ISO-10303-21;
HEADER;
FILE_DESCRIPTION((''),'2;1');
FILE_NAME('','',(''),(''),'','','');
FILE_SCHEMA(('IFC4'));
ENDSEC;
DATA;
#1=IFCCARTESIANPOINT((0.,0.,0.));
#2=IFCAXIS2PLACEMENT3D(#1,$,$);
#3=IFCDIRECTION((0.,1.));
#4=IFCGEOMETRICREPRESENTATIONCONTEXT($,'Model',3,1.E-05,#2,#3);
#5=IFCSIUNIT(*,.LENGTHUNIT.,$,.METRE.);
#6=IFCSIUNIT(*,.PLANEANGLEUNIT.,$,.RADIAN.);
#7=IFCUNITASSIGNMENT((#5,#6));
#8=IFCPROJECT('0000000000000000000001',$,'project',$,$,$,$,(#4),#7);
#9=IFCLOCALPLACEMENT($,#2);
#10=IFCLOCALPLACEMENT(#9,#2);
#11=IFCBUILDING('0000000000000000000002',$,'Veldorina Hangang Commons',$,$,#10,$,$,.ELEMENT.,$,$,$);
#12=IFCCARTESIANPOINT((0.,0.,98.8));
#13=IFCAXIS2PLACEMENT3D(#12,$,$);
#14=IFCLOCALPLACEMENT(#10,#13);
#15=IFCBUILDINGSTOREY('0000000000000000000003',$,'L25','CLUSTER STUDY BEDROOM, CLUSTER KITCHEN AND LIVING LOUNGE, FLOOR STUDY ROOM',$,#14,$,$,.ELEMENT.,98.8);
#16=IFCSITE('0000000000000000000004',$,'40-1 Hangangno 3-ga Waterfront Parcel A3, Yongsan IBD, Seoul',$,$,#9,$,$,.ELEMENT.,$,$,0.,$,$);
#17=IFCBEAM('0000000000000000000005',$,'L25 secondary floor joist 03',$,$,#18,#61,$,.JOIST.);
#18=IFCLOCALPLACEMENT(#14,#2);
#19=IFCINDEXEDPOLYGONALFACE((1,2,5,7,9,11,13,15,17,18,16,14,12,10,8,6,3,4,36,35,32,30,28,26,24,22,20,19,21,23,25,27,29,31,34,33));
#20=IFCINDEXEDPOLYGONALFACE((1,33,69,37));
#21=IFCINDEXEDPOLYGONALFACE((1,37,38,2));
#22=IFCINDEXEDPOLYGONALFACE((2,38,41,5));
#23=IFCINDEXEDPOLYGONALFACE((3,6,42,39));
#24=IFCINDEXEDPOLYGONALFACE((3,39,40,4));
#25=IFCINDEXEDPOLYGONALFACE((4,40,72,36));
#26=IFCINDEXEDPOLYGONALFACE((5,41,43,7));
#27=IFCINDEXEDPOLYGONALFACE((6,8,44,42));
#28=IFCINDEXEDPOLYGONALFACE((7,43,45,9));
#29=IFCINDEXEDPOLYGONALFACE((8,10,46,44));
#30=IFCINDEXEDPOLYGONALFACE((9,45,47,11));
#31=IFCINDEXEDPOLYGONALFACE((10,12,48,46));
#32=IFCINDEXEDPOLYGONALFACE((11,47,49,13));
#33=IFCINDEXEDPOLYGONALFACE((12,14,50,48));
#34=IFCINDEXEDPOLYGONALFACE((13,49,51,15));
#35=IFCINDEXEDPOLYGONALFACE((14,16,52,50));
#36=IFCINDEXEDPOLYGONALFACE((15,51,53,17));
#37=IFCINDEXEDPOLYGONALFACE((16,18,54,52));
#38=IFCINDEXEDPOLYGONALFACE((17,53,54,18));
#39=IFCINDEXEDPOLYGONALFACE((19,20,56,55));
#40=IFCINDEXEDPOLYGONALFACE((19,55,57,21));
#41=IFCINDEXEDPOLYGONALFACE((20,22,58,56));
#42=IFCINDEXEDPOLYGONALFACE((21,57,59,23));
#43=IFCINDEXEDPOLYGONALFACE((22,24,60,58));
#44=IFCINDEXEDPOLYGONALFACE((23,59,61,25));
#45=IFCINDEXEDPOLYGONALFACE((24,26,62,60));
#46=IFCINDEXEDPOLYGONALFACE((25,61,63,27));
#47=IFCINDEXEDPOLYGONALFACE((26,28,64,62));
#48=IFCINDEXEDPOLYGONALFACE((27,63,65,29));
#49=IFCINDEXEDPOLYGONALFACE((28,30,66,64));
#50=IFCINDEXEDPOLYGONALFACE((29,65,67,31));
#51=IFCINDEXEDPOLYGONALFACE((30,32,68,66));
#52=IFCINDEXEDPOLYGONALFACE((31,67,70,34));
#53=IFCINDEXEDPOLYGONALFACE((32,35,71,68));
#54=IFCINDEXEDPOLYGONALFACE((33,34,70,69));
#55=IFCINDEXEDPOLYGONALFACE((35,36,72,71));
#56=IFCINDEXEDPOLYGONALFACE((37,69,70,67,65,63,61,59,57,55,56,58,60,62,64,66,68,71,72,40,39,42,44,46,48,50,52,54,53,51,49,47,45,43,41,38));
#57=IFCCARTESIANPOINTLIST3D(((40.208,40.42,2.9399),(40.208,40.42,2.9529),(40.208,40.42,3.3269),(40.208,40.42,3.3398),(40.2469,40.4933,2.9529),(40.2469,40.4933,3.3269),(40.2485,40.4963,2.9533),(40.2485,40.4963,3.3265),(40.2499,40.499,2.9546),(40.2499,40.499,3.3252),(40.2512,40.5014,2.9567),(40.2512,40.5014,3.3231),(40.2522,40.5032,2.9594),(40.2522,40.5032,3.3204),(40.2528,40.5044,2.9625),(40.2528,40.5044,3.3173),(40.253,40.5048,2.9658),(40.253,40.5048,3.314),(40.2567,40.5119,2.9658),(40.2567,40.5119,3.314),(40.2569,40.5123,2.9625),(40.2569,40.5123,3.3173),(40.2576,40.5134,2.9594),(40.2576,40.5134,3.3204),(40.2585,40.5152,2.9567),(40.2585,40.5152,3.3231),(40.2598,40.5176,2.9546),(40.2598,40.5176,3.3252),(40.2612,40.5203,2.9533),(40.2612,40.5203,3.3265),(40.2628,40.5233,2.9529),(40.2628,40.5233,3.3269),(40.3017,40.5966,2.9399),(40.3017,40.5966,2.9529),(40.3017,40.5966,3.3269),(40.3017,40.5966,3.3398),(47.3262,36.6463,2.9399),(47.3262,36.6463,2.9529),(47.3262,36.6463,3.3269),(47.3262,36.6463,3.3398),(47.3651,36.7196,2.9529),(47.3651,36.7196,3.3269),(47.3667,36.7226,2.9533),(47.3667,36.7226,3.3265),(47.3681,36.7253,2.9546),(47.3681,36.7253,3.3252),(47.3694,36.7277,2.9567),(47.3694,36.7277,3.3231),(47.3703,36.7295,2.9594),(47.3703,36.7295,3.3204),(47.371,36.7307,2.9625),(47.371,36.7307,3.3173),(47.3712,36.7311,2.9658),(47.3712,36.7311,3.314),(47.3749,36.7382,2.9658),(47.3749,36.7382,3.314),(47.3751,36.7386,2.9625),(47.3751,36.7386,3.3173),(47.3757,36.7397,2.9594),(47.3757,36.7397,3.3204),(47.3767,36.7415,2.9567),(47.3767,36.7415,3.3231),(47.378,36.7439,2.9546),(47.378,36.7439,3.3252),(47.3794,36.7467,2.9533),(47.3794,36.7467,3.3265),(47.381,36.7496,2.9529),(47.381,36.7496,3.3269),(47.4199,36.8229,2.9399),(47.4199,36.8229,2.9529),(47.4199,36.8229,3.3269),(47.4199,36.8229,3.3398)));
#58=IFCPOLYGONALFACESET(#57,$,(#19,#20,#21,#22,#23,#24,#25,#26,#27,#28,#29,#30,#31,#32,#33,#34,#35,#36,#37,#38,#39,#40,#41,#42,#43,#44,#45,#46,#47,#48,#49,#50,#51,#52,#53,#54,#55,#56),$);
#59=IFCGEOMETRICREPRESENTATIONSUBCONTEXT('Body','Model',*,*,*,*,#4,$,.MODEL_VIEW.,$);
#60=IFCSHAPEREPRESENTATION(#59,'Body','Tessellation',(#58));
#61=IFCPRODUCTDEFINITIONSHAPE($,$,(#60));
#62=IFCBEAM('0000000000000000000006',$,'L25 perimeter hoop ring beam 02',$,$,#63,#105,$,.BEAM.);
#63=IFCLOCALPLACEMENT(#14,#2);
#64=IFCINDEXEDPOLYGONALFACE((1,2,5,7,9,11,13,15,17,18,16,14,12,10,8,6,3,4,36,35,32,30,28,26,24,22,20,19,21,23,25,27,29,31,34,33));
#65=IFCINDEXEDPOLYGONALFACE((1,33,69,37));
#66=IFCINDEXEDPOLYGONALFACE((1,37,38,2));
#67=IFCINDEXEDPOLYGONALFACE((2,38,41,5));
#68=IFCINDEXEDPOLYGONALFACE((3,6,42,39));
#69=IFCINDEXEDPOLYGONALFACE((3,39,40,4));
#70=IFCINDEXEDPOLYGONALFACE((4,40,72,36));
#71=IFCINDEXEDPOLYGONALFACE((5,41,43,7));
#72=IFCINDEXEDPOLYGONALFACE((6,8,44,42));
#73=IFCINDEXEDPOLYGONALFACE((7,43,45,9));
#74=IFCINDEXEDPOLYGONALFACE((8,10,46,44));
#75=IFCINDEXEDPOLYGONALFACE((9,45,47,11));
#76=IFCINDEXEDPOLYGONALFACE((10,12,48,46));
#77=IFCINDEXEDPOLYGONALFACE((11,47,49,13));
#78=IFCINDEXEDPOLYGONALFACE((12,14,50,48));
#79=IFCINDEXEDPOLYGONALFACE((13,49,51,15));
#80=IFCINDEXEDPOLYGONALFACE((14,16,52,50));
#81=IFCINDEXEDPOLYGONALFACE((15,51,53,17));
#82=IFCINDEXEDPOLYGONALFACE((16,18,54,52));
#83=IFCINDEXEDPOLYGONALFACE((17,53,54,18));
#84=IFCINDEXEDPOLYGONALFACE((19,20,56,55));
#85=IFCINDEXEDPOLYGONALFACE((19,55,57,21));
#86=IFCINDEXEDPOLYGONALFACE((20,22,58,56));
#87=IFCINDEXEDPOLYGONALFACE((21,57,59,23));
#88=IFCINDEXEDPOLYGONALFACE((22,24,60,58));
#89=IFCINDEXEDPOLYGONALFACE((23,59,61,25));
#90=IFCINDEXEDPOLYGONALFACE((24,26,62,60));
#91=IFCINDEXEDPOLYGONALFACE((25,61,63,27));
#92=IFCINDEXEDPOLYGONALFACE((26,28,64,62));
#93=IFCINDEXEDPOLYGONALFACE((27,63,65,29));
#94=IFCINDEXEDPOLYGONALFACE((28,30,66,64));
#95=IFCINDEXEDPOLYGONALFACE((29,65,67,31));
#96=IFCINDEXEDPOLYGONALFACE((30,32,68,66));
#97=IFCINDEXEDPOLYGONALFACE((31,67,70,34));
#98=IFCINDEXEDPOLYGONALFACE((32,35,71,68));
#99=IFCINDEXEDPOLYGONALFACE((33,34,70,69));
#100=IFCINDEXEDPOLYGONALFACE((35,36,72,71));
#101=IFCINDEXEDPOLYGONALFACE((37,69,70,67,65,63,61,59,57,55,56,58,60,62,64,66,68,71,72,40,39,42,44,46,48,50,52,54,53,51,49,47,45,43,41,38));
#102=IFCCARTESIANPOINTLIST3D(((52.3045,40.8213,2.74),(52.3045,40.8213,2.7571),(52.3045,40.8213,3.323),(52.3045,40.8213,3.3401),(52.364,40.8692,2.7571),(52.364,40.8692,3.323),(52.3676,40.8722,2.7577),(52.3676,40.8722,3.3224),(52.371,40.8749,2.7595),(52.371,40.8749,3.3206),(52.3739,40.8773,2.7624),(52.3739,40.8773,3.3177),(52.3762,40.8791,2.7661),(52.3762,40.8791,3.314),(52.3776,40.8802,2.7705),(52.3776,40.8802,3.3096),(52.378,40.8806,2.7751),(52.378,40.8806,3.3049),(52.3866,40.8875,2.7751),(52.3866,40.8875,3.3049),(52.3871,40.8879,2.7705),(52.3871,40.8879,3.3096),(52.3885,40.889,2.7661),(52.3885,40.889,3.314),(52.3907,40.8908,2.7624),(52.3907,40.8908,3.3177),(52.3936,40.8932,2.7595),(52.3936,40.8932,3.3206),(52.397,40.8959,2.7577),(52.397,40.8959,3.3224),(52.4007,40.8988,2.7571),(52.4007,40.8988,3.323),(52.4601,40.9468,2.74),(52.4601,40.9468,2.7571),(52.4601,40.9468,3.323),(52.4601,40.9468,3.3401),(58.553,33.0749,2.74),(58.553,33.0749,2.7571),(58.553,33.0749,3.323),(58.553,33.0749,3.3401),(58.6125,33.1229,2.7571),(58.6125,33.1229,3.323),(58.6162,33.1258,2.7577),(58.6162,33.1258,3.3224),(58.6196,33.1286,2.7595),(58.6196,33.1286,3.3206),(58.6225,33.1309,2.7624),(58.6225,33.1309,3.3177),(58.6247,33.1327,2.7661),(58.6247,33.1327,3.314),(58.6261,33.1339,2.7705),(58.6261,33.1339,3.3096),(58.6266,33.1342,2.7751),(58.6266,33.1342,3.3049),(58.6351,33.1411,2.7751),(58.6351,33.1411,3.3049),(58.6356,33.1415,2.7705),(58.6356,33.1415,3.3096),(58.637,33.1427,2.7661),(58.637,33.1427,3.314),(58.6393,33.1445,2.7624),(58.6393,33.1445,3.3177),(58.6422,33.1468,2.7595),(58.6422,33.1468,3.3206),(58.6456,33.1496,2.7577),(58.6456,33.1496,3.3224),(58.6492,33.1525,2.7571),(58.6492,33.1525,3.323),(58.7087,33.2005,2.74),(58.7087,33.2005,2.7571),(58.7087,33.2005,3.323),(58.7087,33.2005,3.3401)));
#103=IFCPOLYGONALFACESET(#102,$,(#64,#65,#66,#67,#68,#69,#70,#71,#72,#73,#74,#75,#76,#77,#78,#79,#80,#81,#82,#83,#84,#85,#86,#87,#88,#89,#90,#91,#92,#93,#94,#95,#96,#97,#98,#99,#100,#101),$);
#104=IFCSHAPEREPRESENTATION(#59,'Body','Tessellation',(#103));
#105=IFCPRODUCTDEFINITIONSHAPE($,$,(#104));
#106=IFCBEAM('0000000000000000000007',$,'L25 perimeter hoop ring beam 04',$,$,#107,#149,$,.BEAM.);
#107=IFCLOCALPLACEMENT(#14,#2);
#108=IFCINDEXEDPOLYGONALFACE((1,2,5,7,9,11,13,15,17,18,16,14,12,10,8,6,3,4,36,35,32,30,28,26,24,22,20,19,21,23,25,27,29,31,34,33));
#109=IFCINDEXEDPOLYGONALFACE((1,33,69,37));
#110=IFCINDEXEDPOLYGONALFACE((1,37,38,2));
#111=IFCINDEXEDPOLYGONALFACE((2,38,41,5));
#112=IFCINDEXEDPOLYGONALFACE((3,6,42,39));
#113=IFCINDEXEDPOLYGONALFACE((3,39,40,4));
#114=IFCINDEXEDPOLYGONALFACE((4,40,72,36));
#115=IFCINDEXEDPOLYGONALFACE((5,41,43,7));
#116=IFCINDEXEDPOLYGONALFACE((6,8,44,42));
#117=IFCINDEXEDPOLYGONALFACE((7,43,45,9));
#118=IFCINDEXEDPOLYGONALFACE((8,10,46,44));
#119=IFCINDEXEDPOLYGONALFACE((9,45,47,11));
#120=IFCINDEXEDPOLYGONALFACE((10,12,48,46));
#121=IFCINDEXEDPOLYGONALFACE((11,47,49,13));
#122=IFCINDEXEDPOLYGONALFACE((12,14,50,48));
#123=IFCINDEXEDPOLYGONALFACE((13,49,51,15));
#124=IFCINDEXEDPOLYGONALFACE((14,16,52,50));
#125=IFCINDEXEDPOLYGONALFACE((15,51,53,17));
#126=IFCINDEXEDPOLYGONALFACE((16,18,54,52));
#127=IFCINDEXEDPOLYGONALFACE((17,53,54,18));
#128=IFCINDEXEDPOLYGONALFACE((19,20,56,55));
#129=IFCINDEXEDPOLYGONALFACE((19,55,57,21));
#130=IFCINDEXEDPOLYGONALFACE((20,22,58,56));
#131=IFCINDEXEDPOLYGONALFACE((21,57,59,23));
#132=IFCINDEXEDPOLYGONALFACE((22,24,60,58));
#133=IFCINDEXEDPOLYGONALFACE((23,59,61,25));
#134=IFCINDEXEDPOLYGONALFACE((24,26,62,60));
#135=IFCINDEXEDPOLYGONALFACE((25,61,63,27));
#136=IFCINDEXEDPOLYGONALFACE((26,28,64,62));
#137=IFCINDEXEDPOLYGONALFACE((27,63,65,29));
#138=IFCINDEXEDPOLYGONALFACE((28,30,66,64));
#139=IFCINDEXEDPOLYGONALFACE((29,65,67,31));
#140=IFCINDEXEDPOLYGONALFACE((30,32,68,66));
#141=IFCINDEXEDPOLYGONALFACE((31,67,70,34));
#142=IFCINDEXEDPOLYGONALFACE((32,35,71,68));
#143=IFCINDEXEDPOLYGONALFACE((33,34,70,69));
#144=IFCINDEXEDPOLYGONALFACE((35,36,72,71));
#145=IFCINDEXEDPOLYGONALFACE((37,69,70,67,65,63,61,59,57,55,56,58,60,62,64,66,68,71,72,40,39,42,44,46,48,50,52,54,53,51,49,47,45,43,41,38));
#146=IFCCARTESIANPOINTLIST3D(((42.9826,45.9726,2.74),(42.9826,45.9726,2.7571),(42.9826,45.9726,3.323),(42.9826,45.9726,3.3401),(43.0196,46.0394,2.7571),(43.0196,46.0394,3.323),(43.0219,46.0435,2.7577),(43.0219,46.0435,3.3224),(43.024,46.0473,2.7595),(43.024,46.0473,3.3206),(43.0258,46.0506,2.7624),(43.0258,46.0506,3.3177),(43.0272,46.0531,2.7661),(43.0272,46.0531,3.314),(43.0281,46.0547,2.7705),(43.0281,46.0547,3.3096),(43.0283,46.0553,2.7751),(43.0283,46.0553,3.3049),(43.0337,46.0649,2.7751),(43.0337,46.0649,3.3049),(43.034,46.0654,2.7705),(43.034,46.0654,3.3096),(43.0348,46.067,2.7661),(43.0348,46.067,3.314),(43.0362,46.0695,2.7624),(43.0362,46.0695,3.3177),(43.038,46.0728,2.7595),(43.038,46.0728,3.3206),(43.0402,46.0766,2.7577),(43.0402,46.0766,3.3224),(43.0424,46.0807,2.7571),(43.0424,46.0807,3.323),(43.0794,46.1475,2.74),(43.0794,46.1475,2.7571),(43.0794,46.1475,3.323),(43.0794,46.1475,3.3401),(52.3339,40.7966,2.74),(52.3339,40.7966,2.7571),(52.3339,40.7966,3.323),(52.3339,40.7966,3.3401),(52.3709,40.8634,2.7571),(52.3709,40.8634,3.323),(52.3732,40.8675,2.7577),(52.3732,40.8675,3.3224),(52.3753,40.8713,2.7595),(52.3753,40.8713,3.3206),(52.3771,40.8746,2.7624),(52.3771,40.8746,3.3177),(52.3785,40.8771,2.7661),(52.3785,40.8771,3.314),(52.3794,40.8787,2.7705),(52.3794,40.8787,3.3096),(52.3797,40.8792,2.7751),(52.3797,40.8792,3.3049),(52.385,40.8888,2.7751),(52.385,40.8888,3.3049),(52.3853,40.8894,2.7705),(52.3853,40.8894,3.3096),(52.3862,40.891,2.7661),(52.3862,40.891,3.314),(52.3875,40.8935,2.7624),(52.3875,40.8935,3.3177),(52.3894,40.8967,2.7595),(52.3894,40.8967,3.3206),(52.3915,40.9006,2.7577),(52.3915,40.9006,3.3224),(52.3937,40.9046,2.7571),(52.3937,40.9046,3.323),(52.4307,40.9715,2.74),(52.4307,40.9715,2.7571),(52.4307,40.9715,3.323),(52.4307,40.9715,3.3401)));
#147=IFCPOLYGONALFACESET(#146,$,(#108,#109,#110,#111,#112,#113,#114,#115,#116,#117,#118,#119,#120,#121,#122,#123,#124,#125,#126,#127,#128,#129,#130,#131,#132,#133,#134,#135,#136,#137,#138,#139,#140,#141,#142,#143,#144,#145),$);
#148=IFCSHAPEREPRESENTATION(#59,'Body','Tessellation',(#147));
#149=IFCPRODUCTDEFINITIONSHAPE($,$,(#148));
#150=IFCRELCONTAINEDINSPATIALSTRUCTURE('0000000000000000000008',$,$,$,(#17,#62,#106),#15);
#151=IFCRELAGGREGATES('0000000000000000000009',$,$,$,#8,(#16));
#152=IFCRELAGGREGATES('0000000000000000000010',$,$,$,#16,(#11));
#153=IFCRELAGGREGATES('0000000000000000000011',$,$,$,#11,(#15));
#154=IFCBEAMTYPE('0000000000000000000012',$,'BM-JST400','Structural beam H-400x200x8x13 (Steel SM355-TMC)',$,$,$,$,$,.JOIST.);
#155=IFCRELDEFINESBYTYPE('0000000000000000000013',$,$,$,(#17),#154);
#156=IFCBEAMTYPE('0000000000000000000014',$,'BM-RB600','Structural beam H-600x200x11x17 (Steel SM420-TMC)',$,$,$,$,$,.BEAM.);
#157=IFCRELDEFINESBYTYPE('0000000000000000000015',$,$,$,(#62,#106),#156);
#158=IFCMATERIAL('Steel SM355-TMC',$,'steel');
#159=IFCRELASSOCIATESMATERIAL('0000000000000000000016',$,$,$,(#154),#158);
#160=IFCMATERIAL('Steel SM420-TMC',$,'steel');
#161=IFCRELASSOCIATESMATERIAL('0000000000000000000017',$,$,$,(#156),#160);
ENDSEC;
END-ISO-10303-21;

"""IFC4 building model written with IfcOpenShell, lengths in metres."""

from ifc_helpers import new_model, si_unit, direction, frame, origin, origin_2d, place, context, subcontext, project, spatial, i_section, extrude, material, material_profile, profile_set, type_object, element, save


model = new_model("IFC4")

# Units and contexts
model_context = context("Model", 3, precision=1e-05, world=origin(), true_north=direction((0.0, 1.0)))
body_context = subcontext(model_context, "Body", "Model", "MODEL_VIEW")
ifc_project = project(units=[si_unit("LENGTHUNIT", "METRE"), si_unit("PLANEANGLEUNIT", "RADIAN")], contexts=[model_context])

# Site, building, storey
site_placement = place(None, origin())
site = spatial("IfcSite", under=ifc_project, at=site_placement, Name="40-1 Hangangno 3-ga Waterfront Parcel A3, Yongsan IBD, Seoul", CompositionType="ELEMENT", RefElevation=0.0)
building_placement = place(site_placement, origin())
building = spatial("IfcBuilding", under=site, at=building_placement, Name="Veldorina Hangang Commons", CompositionType="ELEMENT")
storey_placement = place(building_placement, frame((0.0, 0.0, 98.8)))
storey = spatial("IfcBuildingStorey", under=building, at=storey_placement, Name="L25", Description="CLUSTER STUDY BEDROOM, CLUSTER KITCHEN AND LIVING LOUNGE, FLOOR STUDY ROOM", CompositionType="ELEMENT", Elevation=98.8)

# Beams
ifc_material_1 = material(Name="Steel SM355-TMC", Category="steel")
ifc_material_profile_1 = material_profile(ifc_material_1, i_section(OverallWidth=0.2, OverallDepth=0.3999, WebThickness=0.0081, FlangeThickness=0.0129, FilletRadius=0.0129, at=origin_2d()), Name="H-400x200x8x13")
ifc_profile_set_1 = profile_set([ifc_material_profile_1], Name="Steel SM355-TMC")
beam_type_1 = type_object("IfcBeamType", Name="BM-JST400", Description="Structural beam H-400x200x8x13 (Steel SM355-TMC)", PredefinedType="JOIST", material=ifc_profile_set_1)
beam_1_placement = place(storey_placement, frame((47.373, 36.7346, 3.1399), z_axis=(-0.883519, 0.468396, 0.0), x_axis=(-0.468396, -0.883519, 0.0)))
element("IfcBeam", 1, at=beam_1_placement, inside=storey, type_object=beam_type_1, Name="L25 secondary floor joist 03", PredefinedType="JOIST", context=body_context, shape_type="SweptSolid", body=[
    extrude(i_section(OverallWidth=0.2, OverallDepth=0.3999, WebThickness=0.0081, FlangeThickness=0.0129, FilletRadius=0.0129, at=origin_2d()), origin(), (0.0, 0.0, 1.0), 8.0566),
])
ifc_material_2 = material(Name="Steel SM420-TMC", Category="steel")
ifc_material_profile_2 = material_profile(ifc_material_2, i_section(OverallWidth=0.2, OverallDepth=0.6001, WebThickness=0.011, FlangeThickness=0.0171, FilletRadius=0.0181, at=origin_2d()), Name="H-600x200x11x17")
ifc_profile_set_2 = profile_set([ifc_material_profile_2], Name="Steel SM420-TMC")
beam_type_2 = type_object("IfcBeamType", Name="BM-RB600", Description="Structural beam H-600x200x11x17 (Steel SM420-TMC)", PredefinedType="BEAM", material=ifc_profile_set_2)
beam_2_placement = place(storey_placement, frame((58.6309, 33.1377, 3.04), z_axis=(-0.627843, 0.77834, 0.0), x_axis=(-0.77834, -0.627843, 0.0)))
element("IfcBeam", 2, at=beam_2_placement, inside=storey, type_object=beam_type_2, Name="L25 perimeter hoop ring beam 02", PredefinedType="BEAM", context=body_context, shape_type="SweptSolid", body=[
    extrude(i_section(OverallWidth=0.2, OverallDepth=0.6001, WebThickness=0.011, FlangeThickness=0.0171, FilletRadius=0.0181, at=origin_2d()), origin(), (0.0, 0.0, 1.0), 9.9524),
])
beam_3_placement = place(storey_placement, frame((52.3823, 40.884, 3.04), z_axis=(-0.874917, 0.484273, 0.0), x_axis=(-0.484273, -0.874917, 0.0)))
element("IfcBeam", 3, at=beam_3_placement, inside=storey, type_object=beam_type_2, Name="L25 perimeter hoop ring beam 04", PredefinedType="BEAM", context=body_context, shape_type="SweptSolid", body=[
    extrude(i_section(OverallWidth=0.2, OverallDepth=0.6001, WebThickness=0.011, FlangeThickness=0.0171, FilletRadius=0.0181, at=origin_2d()), origin(), (0.0, 0.0, 1.0), 10.6882),
])

save(model, "model.ifc")
